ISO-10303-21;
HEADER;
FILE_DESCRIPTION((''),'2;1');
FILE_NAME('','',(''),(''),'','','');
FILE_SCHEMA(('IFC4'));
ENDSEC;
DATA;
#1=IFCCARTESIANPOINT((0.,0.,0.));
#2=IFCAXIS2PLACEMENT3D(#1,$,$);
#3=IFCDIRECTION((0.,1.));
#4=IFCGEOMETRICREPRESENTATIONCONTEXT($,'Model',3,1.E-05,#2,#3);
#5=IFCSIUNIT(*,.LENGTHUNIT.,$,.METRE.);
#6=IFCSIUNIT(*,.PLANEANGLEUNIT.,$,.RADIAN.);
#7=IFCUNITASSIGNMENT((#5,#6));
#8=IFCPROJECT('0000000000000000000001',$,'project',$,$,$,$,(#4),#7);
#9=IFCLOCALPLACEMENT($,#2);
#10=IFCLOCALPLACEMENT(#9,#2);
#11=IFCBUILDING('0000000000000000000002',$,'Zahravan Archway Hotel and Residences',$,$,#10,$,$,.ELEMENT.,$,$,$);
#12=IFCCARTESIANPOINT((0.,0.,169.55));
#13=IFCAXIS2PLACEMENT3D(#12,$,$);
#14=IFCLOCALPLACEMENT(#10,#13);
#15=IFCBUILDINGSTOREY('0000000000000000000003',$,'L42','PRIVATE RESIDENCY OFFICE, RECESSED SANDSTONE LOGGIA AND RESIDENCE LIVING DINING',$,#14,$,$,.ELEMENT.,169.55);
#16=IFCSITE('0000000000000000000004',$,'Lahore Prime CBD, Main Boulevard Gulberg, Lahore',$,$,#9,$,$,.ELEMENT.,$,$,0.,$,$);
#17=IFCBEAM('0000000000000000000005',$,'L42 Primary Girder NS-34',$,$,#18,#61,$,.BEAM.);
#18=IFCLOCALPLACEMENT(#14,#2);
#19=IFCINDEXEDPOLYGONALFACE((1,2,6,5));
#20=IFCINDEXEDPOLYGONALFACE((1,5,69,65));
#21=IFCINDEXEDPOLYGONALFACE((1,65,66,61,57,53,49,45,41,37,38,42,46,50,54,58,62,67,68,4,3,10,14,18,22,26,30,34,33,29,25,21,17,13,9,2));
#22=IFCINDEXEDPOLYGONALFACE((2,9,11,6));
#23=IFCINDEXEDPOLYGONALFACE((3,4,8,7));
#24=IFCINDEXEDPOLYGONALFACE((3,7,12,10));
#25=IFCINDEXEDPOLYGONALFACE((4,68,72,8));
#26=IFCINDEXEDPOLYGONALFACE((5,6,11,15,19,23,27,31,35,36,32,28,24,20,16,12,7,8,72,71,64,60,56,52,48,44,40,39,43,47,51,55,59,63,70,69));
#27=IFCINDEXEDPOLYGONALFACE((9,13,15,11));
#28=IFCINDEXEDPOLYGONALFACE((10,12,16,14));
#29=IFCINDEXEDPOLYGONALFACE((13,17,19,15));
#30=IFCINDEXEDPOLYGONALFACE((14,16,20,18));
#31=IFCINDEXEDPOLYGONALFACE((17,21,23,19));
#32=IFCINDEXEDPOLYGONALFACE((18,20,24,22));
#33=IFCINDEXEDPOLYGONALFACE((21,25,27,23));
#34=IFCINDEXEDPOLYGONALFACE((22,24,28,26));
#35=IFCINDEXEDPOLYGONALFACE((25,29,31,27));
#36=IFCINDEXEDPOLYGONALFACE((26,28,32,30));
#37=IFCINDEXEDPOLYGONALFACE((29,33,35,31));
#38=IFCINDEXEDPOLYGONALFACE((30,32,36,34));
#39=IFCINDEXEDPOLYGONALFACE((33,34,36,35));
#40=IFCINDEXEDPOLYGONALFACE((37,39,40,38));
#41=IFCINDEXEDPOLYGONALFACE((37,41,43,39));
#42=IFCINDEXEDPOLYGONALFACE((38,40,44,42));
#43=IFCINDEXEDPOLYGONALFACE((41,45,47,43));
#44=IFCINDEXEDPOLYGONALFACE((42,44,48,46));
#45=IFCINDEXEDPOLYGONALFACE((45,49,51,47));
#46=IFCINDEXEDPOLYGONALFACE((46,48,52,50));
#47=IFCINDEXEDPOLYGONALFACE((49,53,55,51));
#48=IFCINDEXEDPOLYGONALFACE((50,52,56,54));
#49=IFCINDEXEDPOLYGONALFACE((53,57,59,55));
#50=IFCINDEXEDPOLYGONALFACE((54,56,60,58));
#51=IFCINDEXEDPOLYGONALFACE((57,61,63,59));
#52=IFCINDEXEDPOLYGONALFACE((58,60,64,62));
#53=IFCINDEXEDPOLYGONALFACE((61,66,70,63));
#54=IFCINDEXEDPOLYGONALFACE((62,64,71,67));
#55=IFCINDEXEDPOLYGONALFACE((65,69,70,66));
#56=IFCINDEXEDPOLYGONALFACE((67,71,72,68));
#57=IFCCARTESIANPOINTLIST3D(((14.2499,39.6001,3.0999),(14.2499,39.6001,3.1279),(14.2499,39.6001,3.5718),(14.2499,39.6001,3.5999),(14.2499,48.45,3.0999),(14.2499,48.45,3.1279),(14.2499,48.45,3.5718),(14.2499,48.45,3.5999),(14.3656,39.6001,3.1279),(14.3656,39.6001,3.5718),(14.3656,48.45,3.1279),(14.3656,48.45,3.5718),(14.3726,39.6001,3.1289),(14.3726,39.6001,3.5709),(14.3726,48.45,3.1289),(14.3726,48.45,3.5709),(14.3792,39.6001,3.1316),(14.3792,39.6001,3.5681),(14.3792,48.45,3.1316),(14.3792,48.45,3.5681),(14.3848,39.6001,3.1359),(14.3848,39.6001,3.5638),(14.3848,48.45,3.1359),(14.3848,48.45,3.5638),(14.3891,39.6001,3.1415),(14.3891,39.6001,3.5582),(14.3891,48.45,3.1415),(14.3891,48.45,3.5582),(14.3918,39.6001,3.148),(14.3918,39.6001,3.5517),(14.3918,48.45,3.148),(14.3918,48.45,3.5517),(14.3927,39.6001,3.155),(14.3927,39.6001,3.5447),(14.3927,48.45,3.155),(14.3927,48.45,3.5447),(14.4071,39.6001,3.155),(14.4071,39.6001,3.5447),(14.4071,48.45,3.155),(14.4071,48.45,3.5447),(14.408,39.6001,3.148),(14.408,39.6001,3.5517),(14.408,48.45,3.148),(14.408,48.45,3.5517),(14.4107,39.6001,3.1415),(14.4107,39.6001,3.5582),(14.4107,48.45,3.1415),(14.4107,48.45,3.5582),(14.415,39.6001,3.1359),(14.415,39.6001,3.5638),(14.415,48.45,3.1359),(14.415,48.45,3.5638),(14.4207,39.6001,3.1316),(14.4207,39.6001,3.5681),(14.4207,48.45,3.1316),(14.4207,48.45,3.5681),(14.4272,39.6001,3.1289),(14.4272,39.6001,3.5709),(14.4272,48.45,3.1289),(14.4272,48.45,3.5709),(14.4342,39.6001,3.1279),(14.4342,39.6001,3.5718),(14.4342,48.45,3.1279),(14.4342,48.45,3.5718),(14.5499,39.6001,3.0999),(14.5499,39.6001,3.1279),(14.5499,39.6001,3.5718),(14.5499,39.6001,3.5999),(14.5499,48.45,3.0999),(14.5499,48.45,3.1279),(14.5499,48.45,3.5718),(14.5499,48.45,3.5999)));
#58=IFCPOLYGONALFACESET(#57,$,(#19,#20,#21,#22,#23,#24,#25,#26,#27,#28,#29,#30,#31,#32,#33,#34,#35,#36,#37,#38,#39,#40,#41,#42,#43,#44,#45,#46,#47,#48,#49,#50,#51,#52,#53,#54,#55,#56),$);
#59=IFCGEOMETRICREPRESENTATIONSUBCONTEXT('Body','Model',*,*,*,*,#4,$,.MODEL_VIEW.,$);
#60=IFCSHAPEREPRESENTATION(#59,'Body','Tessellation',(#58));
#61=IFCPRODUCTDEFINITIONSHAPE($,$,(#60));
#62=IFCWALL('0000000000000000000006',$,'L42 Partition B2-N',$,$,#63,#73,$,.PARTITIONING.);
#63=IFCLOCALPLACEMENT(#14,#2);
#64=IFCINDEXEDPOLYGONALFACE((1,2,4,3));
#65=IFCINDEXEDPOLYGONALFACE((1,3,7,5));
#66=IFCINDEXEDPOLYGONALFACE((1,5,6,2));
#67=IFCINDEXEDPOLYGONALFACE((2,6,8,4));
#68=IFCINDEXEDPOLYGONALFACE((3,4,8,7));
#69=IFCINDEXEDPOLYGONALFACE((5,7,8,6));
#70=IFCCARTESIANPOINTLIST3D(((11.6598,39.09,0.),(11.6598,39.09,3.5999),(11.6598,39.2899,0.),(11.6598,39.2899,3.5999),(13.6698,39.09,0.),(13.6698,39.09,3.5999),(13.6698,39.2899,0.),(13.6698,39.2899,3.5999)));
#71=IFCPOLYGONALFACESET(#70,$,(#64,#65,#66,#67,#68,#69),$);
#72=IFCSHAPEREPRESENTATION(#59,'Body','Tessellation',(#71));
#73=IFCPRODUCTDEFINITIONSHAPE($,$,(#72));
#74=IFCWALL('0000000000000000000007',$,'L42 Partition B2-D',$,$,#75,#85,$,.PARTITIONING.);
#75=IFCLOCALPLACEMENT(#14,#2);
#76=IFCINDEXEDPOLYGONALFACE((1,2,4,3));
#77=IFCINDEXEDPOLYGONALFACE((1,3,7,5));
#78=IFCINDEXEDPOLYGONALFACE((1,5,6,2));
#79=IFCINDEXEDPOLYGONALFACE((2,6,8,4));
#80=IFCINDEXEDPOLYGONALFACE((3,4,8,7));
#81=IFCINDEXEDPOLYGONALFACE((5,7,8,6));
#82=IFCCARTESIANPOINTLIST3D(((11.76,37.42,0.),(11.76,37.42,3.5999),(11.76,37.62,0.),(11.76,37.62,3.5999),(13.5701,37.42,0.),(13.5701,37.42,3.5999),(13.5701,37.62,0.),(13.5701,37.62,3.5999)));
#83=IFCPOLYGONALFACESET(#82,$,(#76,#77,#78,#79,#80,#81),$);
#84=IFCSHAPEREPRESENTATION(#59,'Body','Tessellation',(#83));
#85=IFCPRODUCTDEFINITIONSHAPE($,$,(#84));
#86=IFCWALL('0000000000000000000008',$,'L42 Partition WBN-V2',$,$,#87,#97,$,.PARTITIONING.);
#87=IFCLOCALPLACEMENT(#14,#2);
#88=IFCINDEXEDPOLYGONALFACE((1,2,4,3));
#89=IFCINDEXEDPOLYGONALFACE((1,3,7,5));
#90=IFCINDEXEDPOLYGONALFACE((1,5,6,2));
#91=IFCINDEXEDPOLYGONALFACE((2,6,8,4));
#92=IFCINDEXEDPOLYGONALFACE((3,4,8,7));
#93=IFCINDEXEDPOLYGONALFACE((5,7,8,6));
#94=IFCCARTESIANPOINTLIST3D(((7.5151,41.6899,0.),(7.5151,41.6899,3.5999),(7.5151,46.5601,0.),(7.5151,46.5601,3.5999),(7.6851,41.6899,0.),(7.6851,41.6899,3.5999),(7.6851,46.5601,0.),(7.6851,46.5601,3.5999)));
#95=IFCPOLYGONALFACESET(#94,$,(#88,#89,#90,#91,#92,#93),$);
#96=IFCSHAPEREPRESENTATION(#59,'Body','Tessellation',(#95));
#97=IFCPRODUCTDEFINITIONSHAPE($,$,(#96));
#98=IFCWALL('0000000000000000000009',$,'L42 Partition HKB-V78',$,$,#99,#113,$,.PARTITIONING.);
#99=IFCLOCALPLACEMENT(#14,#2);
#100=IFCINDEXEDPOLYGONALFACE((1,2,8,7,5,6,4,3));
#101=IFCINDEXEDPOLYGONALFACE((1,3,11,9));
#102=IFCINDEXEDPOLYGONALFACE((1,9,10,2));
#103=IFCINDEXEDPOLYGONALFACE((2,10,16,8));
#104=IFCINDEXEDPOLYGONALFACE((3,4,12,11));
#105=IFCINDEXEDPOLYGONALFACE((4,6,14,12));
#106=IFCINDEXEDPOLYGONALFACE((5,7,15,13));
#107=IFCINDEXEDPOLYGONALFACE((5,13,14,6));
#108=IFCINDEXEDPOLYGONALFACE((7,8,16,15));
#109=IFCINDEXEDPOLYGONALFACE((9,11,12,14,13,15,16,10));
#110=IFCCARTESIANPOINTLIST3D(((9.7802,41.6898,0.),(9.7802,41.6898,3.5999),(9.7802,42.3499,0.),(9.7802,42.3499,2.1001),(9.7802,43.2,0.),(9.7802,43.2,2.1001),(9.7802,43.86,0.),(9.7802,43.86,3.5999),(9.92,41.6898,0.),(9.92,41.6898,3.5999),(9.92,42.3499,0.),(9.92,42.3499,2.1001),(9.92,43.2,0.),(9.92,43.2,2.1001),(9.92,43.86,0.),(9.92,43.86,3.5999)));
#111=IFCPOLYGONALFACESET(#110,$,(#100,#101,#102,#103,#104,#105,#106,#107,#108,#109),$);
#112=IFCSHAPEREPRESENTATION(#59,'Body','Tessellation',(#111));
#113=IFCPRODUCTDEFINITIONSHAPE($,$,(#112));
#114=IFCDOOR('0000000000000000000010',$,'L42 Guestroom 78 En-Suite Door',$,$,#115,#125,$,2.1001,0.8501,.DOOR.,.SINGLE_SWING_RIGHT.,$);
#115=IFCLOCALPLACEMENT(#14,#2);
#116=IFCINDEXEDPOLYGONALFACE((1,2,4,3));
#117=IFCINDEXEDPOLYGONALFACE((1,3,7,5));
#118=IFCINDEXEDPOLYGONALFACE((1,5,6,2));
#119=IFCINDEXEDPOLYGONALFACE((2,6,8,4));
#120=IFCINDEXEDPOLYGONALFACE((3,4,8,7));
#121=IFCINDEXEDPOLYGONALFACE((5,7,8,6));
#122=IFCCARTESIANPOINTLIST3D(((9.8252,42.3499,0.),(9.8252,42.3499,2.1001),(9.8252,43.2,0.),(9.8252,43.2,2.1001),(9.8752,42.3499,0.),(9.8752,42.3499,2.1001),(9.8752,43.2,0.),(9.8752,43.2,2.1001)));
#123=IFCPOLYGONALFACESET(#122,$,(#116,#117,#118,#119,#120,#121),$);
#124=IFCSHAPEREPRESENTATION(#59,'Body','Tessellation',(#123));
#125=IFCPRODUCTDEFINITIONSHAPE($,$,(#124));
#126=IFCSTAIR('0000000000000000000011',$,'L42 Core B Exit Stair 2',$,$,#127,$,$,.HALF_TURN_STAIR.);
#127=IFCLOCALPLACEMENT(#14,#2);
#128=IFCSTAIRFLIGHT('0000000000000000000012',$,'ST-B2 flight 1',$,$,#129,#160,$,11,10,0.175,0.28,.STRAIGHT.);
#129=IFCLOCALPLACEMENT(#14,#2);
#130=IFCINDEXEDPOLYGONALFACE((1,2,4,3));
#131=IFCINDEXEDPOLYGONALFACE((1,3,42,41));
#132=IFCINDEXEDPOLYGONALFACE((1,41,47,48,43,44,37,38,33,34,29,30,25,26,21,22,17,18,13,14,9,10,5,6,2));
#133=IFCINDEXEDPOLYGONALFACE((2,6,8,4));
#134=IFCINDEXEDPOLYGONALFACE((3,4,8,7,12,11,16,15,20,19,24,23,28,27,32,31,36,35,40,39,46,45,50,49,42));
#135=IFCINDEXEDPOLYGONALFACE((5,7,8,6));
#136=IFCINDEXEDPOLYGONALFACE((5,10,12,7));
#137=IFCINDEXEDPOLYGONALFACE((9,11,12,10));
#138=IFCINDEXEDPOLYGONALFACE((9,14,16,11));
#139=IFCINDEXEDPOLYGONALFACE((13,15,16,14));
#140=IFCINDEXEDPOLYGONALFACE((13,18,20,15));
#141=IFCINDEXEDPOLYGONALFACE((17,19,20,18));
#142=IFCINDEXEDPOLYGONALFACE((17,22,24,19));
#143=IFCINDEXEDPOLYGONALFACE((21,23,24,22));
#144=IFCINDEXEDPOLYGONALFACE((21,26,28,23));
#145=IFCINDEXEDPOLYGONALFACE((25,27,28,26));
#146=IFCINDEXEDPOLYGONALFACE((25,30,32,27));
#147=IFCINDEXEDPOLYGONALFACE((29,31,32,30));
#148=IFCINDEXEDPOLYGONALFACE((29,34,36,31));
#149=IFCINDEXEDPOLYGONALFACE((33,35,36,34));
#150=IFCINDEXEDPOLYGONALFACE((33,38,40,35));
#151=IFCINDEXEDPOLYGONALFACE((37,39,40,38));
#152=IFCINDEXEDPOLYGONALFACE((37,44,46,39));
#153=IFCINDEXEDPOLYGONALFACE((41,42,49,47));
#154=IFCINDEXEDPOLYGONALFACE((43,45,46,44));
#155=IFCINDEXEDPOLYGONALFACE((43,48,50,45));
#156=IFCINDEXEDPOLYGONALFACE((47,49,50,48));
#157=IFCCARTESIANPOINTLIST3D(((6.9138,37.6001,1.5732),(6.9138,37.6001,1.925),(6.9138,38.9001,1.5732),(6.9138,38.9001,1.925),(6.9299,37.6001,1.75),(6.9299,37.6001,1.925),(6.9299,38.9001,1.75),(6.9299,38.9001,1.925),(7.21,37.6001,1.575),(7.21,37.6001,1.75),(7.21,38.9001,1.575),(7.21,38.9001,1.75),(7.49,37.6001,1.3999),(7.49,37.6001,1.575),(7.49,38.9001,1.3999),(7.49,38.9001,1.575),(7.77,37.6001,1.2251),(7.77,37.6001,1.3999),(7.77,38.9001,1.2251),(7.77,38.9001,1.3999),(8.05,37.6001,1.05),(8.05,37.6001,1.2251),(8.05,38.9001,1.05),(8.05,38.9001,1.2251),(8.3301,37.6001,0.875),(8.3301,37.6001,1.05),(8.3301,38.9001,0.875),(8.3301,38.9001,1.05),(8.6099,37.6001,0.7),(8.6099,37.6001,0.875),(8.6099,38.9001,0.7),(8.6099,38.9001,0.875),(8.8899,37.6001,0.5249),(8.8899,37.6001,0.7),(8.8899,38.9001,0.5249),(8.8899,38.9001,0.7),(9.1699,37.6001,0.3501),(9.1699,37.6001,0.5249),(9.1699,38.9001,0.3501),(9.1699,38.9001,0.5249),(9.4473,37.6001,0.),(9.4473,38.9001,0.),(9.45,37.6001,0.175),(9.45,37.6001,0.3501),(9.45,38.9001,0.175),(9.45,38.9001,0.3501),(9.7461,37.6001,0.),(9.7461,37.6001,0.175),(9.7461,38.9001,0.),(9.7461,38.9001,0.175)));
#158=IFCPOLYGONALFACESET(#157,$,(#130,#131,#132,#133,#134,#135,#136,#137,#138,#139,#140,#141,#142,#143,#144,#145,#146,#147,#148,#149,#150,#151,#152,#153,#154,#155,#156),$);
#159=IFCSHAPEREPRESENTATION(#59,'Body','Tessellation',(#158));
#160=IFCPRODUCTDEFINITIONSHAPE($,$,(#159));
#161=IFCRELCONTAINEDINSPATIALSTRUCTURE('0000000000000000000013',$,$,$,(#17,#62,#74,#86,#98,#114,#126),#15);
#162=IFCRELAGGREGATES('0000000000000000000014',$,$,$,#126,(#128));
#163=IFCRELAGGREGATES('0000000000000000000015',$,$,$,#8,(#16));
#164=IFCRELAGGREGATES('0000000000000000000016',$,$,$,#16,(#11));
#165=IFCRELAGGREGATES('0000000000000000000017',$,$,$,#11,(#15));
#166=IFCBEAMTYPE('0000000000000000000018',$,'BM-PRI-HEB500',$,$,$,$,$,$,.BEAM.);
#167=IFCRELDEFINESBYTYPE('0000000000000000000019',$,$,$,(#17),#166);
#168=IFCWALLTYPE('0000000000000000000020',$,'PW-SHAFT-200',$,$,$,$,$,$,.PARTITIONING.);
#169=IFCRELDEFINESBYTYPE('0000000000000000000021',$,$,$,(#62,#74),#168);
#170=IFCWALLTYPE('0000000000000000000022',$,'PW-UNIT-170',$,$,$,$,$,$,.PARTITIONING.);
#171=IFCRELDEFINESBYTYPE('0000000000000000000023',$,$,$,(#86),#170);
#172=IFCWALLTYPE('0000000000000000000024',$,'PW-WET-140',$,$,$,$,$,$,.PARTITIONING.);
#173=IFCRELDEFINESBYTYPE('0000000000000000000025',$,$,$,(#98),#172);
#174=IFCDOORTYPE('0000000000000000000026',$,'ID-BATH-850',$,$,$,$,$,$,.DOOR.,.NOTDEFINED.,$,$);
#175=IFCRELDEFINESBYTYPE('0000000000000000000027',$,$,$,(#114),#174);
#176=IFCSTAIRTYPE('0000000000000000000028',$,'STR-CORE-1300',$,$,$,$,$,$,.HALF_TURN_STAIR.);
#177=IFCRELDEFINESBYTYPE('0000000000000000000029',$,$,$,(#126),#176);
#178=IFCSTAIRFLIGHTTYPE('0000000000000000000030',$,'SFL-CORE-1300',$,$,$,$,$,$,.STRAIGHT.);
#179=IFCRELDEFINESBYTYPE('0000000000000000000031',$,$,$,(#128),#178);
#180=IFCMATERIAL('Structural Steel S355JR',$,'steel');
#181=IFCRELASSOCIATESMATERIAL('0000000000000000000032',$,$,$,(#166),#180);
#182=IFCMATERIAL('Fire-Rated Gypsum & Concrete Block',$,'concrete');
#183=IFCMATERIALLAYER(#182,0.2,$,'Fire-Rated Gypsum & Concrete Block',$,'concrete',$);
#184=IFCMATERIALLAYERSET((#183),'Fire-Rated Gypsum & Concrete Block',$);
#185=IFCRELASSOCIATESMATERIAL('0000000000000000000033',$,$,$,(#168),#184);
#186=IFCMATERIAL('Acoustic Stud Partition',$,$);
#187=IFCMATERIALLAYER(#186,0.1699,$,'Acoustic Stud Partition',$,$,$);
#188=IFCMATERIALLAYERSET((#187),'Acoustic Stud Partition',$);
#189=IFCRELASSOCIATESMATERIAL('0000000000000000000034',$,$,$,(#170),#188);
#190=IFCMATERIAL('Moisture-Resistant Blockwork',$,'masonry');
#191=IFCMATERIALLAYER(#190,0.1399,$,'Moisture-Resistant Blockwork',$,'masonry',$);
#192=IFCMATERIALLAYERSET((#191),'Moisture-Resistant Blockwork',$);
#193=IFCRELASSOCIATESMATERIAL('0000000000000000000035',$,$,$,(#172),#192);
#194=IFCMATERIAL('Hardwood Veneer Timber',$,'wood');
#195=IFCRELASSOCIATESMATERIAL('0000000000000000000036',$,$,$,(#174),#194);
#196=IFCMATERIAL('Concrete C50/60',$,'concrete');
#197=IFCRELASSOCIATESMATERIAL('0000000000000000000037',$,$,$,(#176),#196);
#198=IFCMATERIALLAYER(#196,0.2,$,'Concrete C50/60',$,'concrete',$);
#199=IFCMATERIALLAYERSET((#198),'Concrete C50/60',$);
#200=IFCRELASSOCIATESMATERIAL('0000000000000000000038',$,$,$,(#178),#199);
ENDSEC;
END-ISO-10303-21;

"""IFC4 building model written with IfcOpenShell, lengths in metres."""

from ifc_helpers import new_model, si_unit, direction, frame, frame_2d, origin, origin_2d, place, context, subcontext, project, spatial, polyline, rectangle, i_section, outline, extrude, source, transform, mapped, material, layer, layer_set, material_profile, profile_set, type_object, type_shapes, element, fill, aggregate, save


model = new_model("IFC4")

# Units and contexts
model_context = context("Model", 3, precision=1e-05, world=origin(), true_north=direction((0.0, 1.0)))
body_context = subcontext(model_context, "Body", "Model", "MODEL_VIEW")
ifc_project = project(units=[si_unit("LENGTHUNIT", "METRE"), si_unit("PLANEANGLEUNIT", "RADIAN")], contexts=[model_context])

# Site, building, storey
site_placement = place(None, origin())
site = spatial("IfcSite", under=ifc_project, at=site_placement, Name="Lahore Prime CBD, Main Boulevard Gulberg, Lahore", CompositionType="ELEMENT", RefElevation=0.0)
building_placement = place(site_placement, origin())
building = spatial("IfcBuilding", under=site, at=building_placement, Name="Zahravan Archway Hotel and Residences", CompositionType="ELEMENT")
storey_placement = place(building_placement, frame((0.0, 0.0, 169.55)))
storey = spatial("IfcBuildingStorey", under=building, at=storey_placement, Name="L42", Description="PRIVATE RESIDENCY OFFICE, RECESSED SANDSTONE LOGGIA AND RESIDENCE LIVING DINING", CompositionType="ELEMENT", Elevation=169.55)

# Beam
ifc_material_1 = material(Name="Structural Steel S355JR", Category="steel")
ifc_material_profile_1 = material_profile(ifc_material_1, i_section(OverallWidth=0.3, OverallDepth=0.5, WebThickness=0.0144, FlangeThickness=0.0281, FilletRadius=0.0271, at=origin_2d()), Name="HEB 500", Category="steel")
ifc_profile_set_1 = profile_set([ifc_material_profile_1], Name="Structural Steel S355JR")
beam_type = type_object("IfcBeamType", Name="BM-PRI-HEB500", PredefinedType="BEAM", material=ifc_profile_set_1)
shared_shape_1 = source(origin(), body_context, "Body", "SweptSolid", [
    extrude(i_section(OverallWidth=0.3, OverallDepth=0.5, WebThickness=0.0144, FlangeThickness=0.0281, FilletRadius=0.0271, at=origin_2d()), origin(), (0.0, 0.0, 1.0), 8.8499),
])
for number, where, z_axis, x_axis, name in (
    (1, (14.3999, 39.6001, 3.3499), (0.0, 1.0, 0.0), (-1.0, 0.0, 0.0), "L42 Primary Girder NS-34"),
):
    element("IfcBeam", number, at=place(storey_placement, frame(where, z_axis=z_axis, x_axis=x_axis)), inside=storey, type_object=beam_type, Name=name, PredefinedType="BEAM", context=body_context, shape_type="MappedRepresentation", body=[
        mapped(shared_shape_1, transform((0.0, 0.0, 0.0), scale=1.0)),
    ])

# Walls
ifc_material_2 = material(Name="Fire-Rated Gypsum & Concrete Block", Category="concrete")
ifc_layer_1 = layer(ifc_material_2, 0.2, Name="Fire-Rated Gypsum & Concrete Block", Category="concrete")
ifc_layer_set_1 = layer_set([ifc_layer_1], Name="Fire-Rated Gypsum & Concrete Block")
wall_type_1 = type_object("IfcWallType", Name="PW-SHAFT-200", PredefinedType="PARTITIONING", material=ifc_layer_set_1)
wall_1_placement = place(storey_placement, frame((11.6599, 39.1899, 0.0), z_axis=(0.0, 0.0, 1.0), x_axis=(1.0, 0.0, 0.0)))
element("IfcWall", 2, at=wall_1_placement, inside=storey, type_object=wall_type_1, Name="L42 Partition B2-N", PredefinedType="PARTITIONING", context=body_context, shape_type="SweptSolid", body=[
    extrude(rectangle(XDim=2.01, YDim=0.2, at=frame_2d((1.0049, 0.0))), origin(), (0.0, 0.0, 1.0), 3.5999),
])
wall_2_placement = place(storey_placement, frame((11.76, 37.52, 0.0), z_axis=(0.0, 0.0, 1.0), x_axis=(1.0, 0.0, 0.0)))
element("IfcWall", 3, at=wall_2_placement, inside=storey, type_object=wall_type_1, Name="L42 Partition B2-D", PredefinedType="PARTITIONING", context=body_context, shape_type="SweptSolid", body=[
    extrude(rectangle(XDim=1.8101, YDim=0.2, at=frame_2d((0.905, 0.0))), origin(), (0.0, 0.0, 1.0), 3.5999),
])
ifc_material_3 = material(Name="Acoustic Stud Partition")
ifc_layer_2 = layer(ifc_material_3, 0.1699, Name="Acoustic Stud Partition")
ifc_layer_set_2 = layer_set([ifc_layer_2], Name="Acoustic Stud Partition")
wall_type_2 = type_object("IfcWallType", Name="PW-UNIT-170", PredefinedType="PARTITIONING", material=ifc_layer_set_2)
wall_3_placement = place(storey_placement, frame((7.6001, 41.6899, 0.0), z_axis=(0.0, 0.0, 1.0), x_axis=(0.0, 1.0, 0.0)))
element("IfcWall", 4, at=wall_3_placement, inside=storey, type_object=wall_type_2, Name="L42 Partition WBN-V2", PredefinedType="PARTITIONING", context=body_context, shape_type="SweptSolid", body=[
    extrude(rectangle(XDim=4.8701, YDim=0.1699, at=frame_2d((2.4351, 0.0))), origin(), (0.0, 0.0, 1.0), 3.5999),
])
ifc_material_4 = material(Name="Moisture-Resistant Blockwork", Category="masonry")
ifc_layer_3 = layer(ifc_material_4, 0.1399, Name="Moisture-Resistant Blockwork", Category="masonry")
ifc_layer_set_3 = layer_set([ifc_layer_3], Name="Moisture-Resistant Blockwork")
wall_type_3 = type_object("IfcWallType", Name="PW-WET-140", PredefinedType="PARTITIONING", material=ifc_layer_set_3)

# Wall, opening, door
wall_4_placement = place(storey_placement, frame((9.8501, 41.6899, 0.0), z_axis=(0.0, 0.0, 1.0), x_axis=(0.0, 1.0, 0.0)))
wall_4 = element("IfcWall", 5, at=wall_4_placement, inside=storey, type_object=wall_type_3, Name="L42 Partition HKB-V78", PredefinedType="PARTITIONING", context=body_context, shape_type="SweptSolid", body=[
    extrude(rectangle(XDim=2.1702, YDim=0.1399, at=frame_2d((1.085, 0.0))), origin(), (0.0, 0.0, 1.0), 3.5999),
])
opening_placement = place(wall_4_placement, frame((0.6599, 0.0, 0.0)))
opening = element("IfcOpeningElement", 6, at=opening_placement, cuts=wall_4, PredefinedType="OPENING", context=body_context, shape_type="SweptSolid", body=[
    extrude(rectangle(XDim=0.8501, YDim=2.1001, at=frame_2d((0.425, 1.05))), frame((0.0, 0.0801, 0.0), z_axis=(0.0, -1.0, 0.0), x_axis=(1.0, 0.0, 0.0)), (0.0, 0.0, 1.0), 0.1599),
])
ifc_material_5 = material(Name="Hardwood Veneer Timber", Category="wood")
door_type = type_object("IfcDoorType", Name="ID-BATH-850", OperationType="NOTDEFINED", PredefinedType="DOOR", material=ifc_material_5)
shared_shape_2 = source(origin(), body_context, "Body", "SweptSolid", [
    extrude(rectangle(XDim=0.8501, YDim=2.1001, at=frame_2d((0.425, 1.05))), frame((0.0, 0.0249, 0.0), z_axis=(0.0, -1.0, 0.0), x_axis=(1.0, 0.0, 0.0)), (0.0, 0.0, 1.0), 0.05),
])
type_shapes(door_type, [shared_shape_2])
door_placement = place(opening_placement, origin())
door = element("IfcDoor", 7, at=door_placement, inside=storey, type_object=door_type, Name="L42 Guestroom 78 En-Suite Door", OperationType="SINGLE_SWING_RIGHT", OverallHeight=2.1001, OverallWidth=0.8501, PredefinedType="DOOR", context=body_context, shape_type="MappedRepresentation", body=[
    mapped(shared_shape_2, transform((0.0, 0.0, 0.0), scale=1.0)),
])
fill(opening, door)

# Stair, stair flight
ifc_material_6 = material(Name="Concrete C50/60", Category="concrete")
stair_type = type_object("IfcStairType", Name="STR-CORE-1300", PredefinedType="HALF_TURN_STAIR", material=ifc_material_6)
stair_placement = place(storey_placement, origin())
stair = element("IfcStair", 8, at=stair_placement, inside=storey, type_object=stair_type, Name="L42 Core B Exit Stair 2", PredefinedType="HALF_TURN_STAIR")
ifc_layer_4 = layer(ifc_material_6, 0.2, Name="Concrete C50/60", Category="concrete")
ifc_layer_set_4 = layer_set([ifc_layer_4], Name="Concrete C50/60")
stair_flight_type = type_object("IfcStairFlightType", Name="SFL-CORE-1300", PredefinedType="STRAIGHT", material=ifc_layer_set_4)
shared_shape_3 = source(origin(), body_context, "Body", "SweptSolid", [
    extrude(outline(polyline([(-0.0161, 0.0), (-0.0161, 0.175), (0.28, 0.175), (0.28, 0.3501), (0.5601, 0.3501), (0.5601, 0.5249), (0.8401, 0.5249), (0.8401, 0.7), (1.1201, 0.7), (1.1201, 0.875), (1.3999, 0.875), (1.3999, 1.05), (1.6799, 1.05), (1.6799, 1.2251), (1.96, 1.2251), (1.96, 1.3999), (2.24, 1.3999), (2.24, 1.575), (2.52, 1.575), (2.52, 1.75), (2.8, 1.75), (2.8, 1.925), (2.8162, 1.925), (2.8162, 1.5732), (0.2827, 0.0), (-0.0161, 0.0)])), frame((0.0, 0.6499, 0.0), z_axis=(0.0, -1.0, 0.0), x_axis=(1.0, 0.0, 0.0)), (0.0, 0.0, 1.0), 1.3),
])
stair_flight_placement = place(storey_placement, frame((9.73, 38.25, 0.0), z_axis=(0.0, 0.0, 1.0), x_axis=(-1.0, 0.0, 0.0)))
stair_flight = element("IfcStairFlight", 9, at=stair_flight_placement, type_object=stair_flight_type, Name="ST-B2 flight 1", NumberOfRisers=11, NumberOfTreads=10, PredefinedType="STRAIGHT", RiserHeight=0.175, TreadLength=0.28, context=body_context, shape_type="MappedRepresentation", body=[
    mapped(shared_shape_3, transform((0.0, 0.0, 0.0), scale=1.0)),
])
aggregate(stair, [stair_flight])

save(model, "model.ifc")
